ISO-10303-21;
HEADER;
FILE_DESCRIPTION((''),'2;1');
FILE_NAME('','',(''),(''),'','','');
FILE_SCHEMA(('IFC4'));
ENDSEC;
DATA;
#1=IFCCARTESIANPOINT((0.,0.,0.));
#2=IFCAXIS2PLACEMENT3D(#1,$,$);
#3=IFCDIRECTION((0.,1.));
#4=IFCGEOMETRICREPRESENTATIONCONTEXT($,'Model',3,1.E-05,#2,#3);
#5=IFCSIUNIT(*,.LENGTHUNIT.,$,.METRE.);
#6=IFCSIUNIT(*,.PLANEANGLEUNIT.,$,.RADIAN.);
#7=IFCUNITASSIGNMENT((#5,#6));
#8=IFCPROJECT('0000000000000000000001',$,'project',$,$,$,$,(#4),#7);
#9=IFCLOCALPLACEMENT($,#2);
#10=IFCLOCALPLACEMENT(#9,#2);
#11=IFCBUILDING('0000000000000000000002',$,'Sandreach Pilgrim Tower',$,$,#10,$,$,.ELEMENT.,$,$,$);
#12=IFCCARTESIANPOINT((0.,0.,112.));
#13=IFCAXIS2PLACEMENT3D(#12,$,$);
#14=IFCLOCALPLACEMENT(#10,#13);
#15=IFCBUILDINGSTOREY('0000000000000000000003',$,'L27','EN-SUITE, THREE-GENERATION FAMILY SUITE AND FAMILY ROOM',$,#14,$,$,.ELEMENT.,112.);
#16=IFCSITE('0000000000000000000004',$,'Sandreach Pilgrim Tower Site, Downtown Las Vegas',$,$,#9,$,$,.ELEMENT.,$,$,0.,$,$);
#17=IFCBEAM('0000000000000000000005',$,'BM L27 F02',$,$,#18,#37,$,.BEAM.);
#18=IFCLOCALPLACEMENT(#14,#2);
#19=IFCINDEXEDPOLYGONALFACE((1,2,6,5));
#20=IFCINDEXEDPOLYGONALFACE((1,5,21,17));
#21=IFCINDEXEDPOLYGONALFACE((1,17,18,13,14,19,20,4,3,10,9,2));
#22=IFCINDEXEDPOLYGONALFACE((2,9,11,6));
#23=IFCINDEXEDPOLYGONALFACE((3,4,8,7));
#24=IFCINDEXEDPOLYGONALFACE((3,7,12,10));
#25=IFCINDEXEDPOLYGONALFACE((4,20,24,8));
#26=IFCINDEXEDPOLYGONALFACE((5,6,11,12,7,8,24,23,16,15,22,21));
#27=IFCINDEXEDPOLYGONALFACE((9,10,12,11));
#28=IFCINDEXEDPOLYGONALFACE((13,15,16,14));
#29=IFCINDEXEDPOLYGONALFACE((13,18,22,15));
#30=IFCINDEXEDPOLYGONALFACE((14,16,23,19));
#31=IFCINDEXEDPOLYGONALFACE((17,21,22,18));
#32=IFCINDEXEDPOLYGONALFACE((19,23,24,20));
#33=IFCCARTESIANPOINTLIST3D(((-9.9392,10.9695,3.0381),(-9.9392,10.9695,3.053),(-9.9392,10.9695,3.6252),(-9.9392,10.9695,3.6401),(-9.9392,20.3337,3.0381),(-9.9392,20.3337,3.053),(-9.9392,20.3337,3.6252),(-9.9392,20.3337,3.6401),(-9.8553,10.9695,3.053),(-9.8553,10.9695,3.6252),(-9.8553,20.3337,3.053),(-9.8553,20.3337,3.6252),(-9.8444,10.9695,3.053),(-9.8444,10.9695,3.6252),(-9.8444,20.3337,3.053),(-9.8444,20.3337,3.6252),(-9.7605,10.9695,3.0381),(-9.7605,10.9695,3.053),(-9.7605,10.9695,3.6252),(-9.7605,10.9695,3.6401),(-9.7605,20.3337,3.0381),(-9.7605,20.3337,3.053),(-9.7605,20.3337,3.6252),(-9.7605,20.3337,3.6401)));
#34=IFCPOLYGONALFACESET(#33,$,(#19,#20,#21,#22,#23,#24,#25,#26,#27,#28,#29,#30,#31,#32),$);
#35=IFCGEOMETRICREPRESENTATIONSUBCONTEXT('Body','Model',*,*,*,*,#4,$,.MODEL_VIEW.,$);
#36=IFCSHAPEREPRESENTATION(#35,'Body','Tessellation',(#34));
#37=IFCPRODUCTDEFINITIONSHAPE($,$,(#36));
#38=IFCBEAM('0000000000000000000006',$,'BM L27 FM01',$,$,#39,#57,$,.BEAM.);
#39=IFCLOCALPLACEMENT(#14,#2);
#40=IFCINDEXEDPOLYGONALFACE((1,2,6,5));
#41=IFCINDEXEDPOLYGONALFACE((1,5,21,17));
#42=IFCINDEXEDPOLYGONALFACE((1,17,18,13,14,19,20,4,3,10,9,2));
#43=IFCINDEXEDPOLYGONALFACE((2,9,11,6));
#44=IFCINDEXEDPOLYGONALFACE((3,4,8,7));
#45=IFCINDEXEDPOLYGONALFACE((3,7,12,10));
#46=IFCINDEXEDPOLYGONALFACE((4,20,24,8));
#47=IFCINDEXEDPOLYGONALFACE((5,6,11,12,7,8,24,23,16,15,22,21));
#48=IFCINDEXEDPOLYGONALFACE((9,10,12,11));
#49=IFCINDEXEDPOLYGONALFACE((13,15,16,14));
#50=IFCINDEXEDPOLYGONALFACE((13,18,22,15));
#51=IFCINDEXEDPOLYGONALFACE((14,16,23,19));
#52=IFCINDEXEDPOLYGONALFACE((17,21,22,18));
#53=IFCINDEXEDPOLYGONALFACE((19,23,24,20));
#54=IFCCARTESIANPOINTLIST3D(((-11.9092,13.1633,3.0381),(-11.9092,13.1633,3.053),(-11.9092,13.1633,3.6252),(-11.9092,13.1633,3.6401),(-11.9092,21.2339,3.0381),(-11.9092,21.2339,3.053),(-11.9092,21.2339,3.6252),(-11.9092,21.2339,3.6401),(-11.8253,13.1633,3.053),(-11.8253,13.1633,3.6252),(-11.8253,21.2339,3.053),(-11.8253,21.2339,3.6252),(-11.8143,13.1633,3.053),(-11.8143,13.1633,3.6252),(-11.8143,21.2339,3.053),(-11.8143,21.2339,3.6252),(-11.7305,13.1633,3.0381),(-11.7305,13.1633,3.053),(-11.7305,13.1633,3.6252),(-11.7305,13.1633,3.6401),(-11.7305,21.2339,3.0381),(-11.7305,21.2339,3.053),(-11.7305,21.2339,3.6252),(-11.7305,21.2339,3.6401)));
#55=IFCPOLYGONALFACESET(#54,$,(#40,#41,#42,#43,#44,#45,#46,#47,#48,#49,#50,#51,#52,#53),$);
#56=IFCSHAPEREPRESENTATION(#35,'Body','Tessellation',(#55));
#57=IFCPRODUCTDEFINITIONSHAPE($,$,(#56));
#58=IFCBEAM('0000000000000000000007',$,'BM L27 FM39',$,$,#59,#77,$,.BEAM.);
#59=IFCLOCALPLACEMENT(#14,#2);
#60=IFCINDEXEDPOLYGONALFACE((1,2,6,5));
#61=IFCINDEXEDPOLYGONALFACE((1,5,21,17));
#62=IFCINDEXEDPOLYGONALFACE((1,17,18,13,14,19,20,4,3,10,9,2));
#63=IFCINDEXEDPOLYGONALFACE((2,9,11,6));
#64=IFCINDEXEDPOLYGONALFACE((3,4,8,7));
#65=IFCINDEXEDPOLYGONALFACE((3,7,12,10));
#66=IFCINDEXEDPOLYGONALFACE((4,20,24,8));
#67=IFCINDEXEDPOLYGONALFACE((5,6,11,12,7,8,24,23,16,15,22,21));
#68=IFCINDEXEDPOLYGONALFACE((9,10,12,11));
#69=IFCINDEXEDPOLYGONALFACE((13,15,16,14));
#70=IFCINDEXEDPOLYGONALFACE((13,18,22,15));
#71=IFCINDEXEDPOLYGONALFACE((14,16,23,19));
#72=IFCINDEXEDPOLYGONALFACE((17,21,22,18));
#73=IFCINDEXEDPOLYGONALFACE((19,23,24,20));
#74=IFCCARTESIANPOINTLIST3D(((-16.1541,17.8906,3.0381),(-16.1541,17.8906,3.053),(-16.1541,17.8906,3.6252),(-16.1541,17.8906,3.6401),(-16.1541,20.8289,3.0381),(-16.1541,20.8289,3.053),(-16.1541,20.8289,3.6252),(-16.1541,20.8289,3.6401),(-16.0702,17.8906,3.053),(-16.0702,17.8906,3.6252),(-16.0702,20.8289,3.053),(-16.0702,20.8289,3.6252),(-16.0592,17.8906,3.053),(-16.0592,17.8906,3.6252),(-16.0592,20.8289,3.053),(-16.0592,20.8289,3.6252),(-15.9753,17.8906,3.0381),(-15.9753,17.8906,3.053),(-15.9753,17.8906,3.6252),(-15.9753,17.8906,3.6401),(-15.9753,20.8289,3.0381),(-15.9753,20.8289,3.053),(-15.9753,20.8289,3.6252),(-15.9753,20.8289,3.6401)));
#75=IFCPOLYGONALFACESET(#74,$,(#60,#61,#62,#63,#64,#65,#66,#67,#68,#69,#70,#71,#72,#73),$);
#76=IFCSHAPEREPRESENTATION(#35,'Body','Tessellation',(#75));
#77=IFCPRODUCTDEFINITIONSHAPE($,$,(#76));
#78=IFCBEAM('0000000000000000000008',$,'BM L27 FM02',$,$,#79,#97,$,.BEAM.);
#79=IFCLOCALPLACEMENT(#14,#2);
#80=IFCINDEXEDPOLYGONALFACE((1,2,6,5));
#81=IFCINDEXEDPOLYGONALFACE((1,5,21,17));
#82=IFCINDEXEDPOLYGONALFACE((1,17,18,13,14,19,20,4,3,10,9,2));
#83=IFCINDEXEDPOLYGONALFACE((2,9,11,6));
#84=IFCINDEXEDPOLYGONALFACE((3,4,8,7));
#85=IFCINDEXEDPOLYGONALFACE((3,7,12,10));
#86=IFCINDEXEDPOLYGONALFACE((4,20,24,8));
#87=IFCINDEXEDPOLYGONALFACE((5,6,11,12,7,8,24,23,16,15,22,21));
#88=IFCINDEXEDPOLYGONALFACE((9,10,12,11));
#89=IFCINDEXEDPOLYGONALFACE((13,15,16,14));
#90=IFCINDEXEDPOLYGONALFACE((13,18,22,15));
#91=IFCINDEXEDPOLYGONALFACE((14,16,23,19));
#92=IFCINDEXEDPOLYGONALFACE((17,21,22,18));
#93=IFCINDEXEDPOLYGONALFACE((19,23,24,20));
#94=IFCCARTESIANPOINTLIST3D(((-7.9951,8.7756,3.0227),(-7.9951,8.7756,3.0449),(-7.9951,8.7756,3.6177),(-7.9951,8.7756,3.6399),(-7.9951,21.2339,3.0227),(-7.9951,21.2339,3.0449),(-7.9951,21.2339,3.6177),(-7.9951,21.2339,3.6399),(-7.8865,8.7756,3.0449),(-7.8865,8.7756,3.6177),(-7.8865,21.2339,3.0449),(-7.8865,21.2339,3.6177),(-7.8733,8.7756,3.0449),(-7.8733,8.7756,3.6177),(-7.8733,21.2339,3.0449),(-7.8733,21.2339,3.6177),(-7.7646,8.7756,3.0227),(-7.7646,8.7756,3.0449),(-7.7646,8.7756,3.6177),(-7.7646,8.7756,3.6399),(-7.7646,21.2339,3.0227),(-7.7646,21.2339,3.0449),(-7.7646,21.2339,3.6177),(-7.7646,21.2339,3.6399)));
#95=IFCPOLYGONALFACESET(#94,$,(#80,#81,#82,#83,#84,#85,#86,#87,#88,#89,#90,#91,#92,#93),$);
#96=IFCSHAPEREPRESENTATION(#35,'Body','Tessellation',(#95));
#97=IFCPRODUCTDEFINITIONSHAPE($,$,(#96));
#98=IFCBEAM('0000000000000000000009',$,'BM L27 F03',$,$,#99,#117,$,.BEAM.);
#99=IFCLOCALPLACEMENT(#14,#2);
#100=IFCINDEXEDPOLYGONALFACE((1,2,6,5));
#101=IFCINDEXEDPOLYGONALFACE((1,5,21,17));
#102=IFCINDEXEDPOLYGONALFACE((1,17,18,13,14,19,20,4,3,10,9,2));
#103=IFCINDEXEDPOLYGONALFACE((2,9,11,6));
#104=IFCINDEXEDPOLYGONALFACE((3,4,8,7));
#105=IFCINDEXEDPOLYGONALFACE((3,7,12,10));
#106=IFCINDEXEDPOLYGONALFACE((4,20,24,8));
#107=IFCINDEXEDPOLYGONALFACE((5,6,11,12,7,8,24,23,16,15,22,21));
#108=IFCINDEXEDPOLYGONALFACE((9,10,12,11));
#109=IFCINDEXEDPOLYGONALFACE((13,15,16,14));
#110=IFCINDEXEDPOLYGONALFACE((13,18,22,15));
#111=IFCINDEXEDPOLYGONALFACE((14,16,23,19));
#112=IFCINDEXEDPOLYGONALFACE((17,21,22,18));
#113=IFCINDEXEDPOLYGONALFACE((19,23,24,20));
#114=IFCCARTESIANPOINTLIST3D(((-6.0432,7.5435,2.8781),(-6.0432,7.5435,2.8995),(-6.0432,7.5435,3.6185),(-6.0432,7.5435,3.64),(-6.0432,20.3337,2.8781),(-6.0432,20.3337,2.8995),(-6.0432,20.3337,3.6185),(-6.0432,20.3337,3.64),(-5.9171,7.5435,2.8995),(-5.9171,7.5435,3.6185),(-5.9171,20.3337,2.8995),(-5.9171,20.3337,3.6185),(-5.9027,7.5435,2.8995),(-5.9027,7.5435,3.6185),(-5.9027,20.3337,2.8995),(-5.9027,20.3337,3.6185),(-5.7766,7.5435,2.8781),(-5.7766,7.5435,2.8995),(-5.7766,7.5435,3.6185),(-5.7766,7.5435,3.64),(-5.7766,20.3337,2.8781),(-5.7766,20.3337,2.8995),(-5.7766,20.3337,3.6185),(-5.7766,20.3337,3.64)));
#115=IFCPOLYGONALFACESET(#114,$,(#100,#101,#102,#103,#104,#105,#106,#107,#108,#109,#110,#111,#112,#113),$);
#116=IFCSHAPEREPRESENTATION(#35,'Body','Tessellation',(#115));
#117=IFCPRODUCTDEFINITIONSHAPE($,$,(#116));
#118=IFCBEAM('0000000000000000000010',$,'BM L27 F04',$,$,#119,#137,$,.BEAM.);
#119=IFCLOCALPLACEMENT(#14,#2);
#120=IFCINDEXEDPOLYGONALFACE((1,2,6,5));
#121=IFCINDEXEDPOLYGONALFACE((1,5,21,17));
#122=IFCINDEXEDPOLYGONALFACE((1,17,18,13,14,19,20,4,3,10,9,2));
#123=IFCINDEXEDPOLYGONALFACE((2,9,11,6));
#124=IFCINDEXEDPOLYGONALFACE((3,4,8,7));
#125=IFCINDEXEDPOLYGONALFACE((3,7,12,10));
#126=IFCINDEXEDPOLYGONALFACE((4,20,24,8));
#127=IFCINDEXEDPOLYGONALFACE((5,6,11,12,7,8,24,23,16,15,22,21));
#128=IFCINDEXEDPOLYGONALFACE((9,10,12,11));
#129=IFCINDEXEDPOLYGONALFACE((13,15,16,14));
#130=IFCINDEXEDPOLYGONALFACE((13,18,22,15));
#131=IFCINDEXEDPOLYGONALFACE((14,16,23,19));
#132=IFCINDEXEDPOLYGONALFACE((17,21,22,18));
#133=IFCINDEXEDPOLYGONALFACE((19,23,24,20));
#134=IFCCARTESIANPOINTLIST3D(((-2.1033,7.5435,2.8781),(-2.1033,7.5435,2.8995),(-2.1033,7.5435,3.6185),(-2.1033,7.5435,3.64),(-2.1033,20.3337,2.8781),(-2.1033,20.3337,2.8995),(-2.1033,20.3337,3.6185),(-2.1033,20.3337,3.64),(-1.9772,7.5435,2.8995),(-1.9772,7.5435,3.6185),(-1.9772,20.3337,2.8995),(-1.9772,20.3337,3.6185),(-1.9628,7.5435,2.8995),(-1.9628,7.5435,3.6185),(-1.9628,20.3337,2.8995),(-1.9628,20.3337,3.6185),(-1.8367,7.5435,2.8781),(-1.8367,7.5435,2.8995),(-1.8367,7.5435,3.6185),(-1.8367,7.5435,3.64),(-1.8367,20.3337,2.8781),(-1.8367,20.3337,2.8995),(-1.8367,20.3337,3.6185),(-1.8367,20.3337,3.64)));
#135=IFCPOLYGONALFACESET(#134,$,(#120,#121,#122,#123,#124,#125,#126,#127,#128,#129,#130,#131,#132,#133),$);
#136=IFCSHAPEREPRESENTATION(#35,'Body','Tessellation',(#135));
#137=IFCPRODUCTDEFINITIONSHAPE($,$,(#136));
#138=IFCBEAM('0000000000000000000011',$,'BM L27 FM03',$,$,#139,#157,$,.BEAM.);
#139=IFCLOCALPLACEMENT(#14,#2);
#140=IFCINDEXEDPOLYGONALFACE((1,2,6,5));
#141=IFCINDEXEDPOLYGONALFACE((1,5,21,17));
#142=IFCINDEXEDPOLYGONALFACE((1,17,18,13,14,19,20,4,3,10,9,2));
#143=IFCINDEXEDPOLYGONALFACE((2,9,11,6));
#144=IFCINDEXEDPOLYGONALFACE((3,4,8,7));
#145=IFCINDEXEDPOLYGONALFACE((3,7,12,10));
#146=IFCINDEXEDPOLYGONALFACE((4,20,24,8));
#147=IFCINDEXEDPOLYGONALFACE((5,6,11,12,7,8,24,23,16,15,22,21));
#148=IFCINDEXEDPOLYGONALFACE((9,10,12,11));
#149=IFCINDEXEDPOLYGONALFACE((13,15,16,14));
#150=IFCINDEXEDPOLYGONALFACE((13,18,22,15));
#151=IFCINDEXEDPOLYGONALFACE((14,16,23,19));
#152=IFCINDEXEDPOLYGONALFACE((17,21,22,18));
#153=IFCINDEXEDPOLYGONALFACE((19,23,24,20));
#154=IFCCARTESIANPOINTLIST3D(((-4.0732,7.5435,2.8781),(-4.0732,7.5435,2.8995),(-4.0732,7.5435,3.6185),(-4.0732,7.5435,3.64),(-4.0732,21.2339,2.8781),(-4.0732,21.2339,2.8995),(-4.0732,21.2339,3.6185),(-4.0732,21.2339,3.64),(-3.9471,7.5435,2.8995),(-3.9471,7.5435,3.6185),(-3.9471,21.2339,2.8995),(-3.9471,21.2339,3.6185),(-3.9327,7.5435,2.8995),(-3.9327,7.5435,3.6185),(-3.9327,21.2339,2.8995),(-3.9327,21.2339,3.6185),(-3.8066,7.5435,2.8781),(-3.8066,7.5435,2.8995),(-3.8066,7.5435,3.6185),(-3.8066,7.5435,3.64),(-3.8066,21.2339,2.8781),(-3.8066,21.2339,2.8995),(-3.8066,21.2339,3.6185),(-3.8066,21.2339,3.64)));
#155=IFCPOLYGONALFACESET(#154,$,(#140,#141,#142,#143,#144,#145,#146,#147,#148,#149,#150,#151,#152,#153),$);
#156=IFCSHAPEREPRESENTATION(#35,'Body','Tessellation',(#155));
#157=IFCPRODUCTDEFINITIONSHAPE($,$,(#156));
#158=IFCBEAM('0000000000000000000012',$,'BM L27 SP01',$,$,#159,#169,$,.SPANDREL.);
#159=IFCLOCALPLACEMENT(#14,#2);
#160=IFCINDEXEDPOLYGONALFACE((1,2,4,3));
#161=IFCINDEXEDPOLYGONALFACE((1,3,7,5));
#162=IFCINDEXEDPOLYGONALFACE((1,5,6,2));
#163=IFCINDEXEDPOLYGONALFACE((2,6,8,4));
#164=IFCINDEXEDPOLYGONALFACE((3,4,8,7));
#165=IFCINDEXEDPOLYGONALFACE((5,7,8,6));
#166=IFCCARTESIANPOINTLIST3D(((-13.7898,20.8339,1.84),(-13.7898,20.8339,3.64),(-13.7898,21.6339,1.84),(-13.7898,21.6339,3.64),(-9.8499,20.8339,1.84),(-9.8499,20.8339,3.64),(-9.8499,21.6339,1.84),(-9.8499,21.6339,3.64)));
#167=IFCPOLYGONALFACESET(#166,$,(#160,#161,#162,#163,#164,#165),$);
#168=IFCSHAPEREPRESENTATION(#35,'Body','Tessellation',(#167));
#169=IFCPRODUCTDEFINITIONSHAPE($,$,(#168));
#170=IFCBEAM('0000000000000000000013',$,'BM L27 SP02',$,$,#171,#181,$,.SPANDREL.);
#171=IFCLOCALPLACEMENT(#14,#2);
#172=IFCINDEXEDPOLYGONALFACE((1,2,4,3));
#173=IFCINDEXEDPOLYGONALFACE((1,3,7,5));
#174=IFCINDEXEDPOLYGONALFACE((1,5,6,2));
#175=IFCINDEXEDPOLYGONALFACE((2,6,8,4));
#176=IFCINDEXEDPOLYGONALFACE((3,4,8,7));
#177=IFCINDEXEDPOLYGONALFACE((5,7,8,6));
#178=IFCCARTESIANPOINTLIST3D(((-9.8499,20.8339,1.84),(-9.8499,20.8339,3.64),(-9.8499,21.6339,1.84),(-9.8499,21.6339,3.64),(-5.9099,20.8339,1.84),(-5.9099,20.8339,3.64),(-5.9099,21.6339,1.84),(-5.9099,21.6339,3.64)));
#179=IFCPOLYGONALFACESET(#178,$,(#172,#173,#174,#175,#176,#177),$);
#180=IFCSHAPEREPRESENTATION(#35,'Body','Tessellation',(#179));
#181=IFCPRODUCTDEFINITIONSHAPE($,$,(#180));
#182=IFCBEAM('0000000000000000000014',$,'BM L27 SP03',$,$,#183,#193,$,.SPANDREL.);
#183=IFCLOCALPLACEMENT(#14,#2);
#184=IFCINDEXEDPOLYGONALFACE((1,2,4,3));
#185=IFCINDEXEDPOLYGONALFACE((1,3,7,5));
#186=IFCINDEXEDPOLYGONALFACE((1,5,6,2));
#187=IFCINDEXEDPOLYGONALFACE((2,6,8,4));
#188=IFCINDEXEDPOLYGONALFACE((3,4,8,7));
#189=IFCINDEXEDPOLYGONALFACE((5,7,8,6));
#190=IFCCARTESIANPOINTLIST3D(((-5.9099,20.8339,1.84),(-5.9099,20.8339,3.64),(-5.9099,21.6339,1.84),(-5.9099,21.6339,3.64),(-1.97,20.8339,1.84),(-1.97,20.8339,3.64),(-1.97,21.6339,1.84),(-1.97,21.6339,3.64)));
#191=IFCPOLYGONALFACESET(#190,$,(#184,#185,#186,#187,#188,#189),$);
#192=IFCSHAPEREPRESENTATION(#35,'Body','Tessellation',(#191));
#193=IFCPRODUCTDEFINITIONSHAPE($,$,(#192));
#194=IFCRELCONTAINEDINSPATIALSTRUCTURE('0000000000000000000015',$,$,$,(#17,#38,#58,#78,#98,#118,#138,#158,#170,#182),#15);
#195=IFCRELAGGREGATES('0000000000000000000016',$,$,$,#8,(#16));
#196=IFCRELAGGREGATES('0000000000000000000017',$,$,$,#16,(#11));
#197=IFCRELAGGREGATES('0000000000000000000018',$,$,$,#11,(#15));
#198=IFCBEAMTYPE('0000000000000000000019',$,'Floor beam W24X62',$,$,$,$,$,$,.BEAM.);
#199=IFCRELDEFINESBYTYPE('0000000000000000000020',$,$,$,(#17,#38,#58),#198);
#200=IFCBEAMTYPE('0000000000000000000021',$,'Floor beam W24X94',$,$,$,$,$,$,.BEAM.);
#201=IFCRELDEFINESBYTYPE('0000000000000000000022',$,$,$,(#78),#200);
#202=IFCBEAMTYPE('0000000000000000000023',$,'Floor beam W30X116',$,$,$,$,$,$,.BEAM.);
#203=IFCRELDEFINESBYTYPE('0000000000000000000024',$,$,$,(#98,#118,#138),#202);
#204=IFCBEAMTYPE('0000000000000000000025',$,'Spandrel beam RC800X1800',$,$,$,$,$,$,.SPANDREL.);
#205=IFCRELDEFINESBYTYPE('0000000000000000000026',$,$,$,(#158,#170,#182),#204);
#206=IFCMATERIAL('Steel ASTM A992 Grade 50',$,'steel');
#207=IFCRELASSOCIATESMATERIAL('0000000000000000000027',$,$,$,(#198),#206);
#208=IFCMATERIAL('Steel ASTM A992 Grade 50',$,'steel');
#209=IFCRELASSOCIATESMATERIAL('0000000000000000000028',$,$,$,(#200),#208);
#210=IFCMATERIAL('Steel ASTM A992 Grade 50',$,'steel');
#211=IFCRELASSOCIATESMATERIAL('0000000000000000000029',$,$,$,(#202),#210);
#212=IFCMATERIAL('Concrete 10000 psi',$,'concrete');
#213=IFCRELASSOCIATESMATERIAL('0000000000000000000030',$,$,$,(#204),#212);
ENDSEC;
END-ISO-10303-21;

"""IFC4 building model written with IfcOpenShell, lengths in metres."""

from ifc_helpers import new_model, si_unit, direction, frame, origin, origin_2d, place, context, subcontext, project, spatial, rectangle, i_section, extrude, material, material_profile, profile_set, type_object, element, save


model = new_model("IFC4")

# Units and contexts
model_context = context("Model", 3, precision=1e-05, world=origin(), true_north=direction((0.0, 1.0)))
body_context = subcontext(model_context, "Body", "Model", "MODEL_VIEW")
ifc_project = project(units=[si_unit("LENGTHUNIT", "METRE"), si_unit("PLANEANGLEUNIT", "RADIAN")], contexts=[model_context])

# Site, building, storey
site_placement = place(None, origin())
site = spatial("IfcSite", under=ifc_project, at=site_placement, Name="Sandreach Pilgrim Tower Site, Downtown Las Vegas", CompositionType="ELEMENT", RefElevation=0.0)
building_placement = place(site_placement, origin())
building = spatial("IfcBuilding", under=site, at=building_placement, Name="Sandreach Pilgrim Tower", CompositionType="ELEMENT")
storey_placement = place(building_placement, frame((0.0, 0.0, 112.0)))
storey = spatial("IfcBuildingStorey", under=building, at=storey_placement, Name="L27", Description="EN-SUITE, THREE-GENERATION FAMILY SUITE AND FAMILY ROOM", CompositionType="ELEMENT", Elevation=112.0)

# Beams
ifc_material_1 = material(Name="Steel ASTM A992 Grade 50", Category="steel")
ifc_material_profile_1 = material_profile(ifc_material_1, i_section(OverallWidth=0.1787, OverallDepth=0.6021, WebThickness=0.011, FlangeThickness=0.0149, at=origin_2d()), Name="W24X62")
ifc_profile_set_1 = profile_set([ifc_material_profile_1], Name="Steel ASTM A992 Grade 50")
beam_type_1 = type_object("IfcBeamType", Name="Floor beam W24X62", PredefinedType="BEAM", material=ifc_profile_set_1)
beam_1_placement = place(storey_placement, frame((-9.8499, 20.3337, 3.3391), z_axis=(0.0, -1.0, 0.0), x_axis=(1.0, 0.0, 0.0)))
element("IfcBeam", 1, at=beam_1_placement, inside=storey, type_object=beam_type_1, Name="BM L27 F02", PredefinedType="BEAM", context=body_context, shape_type="SweptSolid", body=[
    extrude(i_section(OverallWidth=0.1787, OverallDepth=0.6021, WebThickness=0.011, FlangeThickness=0.0149, at=origin_2d()), origin(), (0.0, 0.0, 1.0), 9.3643),
])
beam_2_placement = place(storey_placement, frame((-11.8198, 21.2339, 3.3391), z_axis=(0.0, -1.0, 0.0), x_axis=(1.0, 0.0, 0.0)))
element("IfcBeam", 2, at=beam_2_placement, inside=storey, type_object=beam_type_1, Name="BM L27 FM01", PredefinedType="BEAM", context=body_context, shape_type="SweptSolid", body=[
    extrude(i_section(OverallWidth=0.1787, OverallDepth=0.6021, WebThickness=0.011, FlangeThickness=0.0149, at=origin_2d()), origin(), (0.0, 0.0, 1.0), 8.0706),
])
beam_3_placement = place(storey_placement, frame((-16.0647, 20.8289, 3.3391), z_axis=(0.0, -1.0, 0.0), x_axis=(1.0, 0.0, 0.0)))
element("IfcBeam", 3, at=beam_3_placement, inside=storey, type_object=beam_type_1, Name="BM L27 FM39", PredefinedType="BEAM", context=body_context, shape_type="SweptSolid", body=[
    extrude(i_section(OverallWidth=0.1787, OverallDepth=0.6021, WebThickness=0.011, FlangeThickness=0.0149, at=origin_2d()), origin(), (0.0, 0.0, 1.0), 2.9382),
])
ifc_material_2 = material(Name="Steel ASTM A992 Grade 50", Category="steel")
ifc_material_profile_2 = material_profile(ifc_material_2, i_section(OverallWidth=0.2305, OverallDepth=0.6172, WebThickness=0.0132, FlangeThickness=0.0222, at=origin_2d()), Name="W24X94")
ifc_profile_set_2 = profile_set([ifc_material_profile_2], Name="Steel ASTM A992 Grade 50")
beam_type_2 = type_object("IfcBeamType", Name="Floor beam W24X94", PredefinedType="BEAM", material=ifc_profile_set_2)
beam_4_placement = place(storey_placement, frame((-7.8799, 21.2339, 3.3313), z_axis=(0.0, -1.0, 0.0), x_axis=(1.0, 0.0, 0.0)))
element("IfcBeam", 4, at=beam_4_placement, inside=storey, type_object=beam_type_2, Name="BM L27 FM02", PredefinedType="BEAM", context=body_context, shape_type="SweptSolid", body=[
    extrude(i_section(OverallWidth=0.2305, OverallDepth=0.6172, WebThickness=0.0132, FlangeThickness=0.0222, at=origin_2d()), origin(), (0.0, 0.0, 1.0), 12.4583),
])
ifc_material_3 = material(Name="Steel ASTM A992 Grade 50", Category="steel")
ifc_material_profile_3 = material_profile(ifc_material_3, i_section(OverallWidth=0.2666, OverallDepth=0.762, WebThickness=0.0144, FlangeThickness=0.0215, at=origin_2d()), Name="W30X116")
ifc_profile_set_3 = profile_set([ifc_material_profile_3], Name="Steel ASTM A992 Grade 50")
beam_type_3 = type_object("IfcBeamType", Name="Floor beam W30X116", PredefinedType="BEAM", material=ifc_profile_set_3)
for number, where, z_axis, x_axis, name in (
    (5, (-5.9099, 20.3337, 3.259), (0.0, -1.0, 0.0), (1.0, 0.0, 0.0), "BM L27 F03"),
    (6, (-1.97, 20.3337, 3.259), (0.0, -1.0, 0.0), (1.0, 0.0, 0.0), "BM L27 F04"),
):
    element("IfcBeam", number, at=place(storey_placement, frame(where, z_axis=z_axis, x_axis=x_axis)), inside=storey, type_object=beam_type_3, Name=name, PredefinedType="BEAM", context=body_context, shape_type="SweptSolid", body=[
        extrude(i_section(OverallWidth=0.2666, OverallDepth=0.762, WebThickness=0.0144, FlangeThickness=0.0215, at=origin_2d()), origin(), (0.0, 0.0, 1.0), 12.7903),
    ])
beam_5_placement = place(storey_placement, frame((-3.9399, 21.2339, 3.259), z_axis=(0.0, -1.0, 0.0), x_axis=(1.0, 0.0, 0.0)))
element("IfcBeam", 7, at=beam_5_placement, inside=storey, type_object=beam_type_3, Name="BM L27 FM03", PredefinedType="BEAM", context=body_context, shape_type="SweptSolid", body=[
    extrude(i_section(OverallWidth=0.2666, OverallDepth=0.762, WebThickness=0.0144, FlangeThickness=0.0215, at=origin_2d()), origin(), (0.0, 0.0, 1.0), 13.6904),
])
ifc_material_4 = material(Name="Concrete 10000 psi", Category="concrete")
ifc_material_profile_4 = material_profile(ifc_material_4, rectangle(XDim=0.8, YDim=1.8, at=origin_2d()), Name="RC800X1800")
ifc_profile_set_4 = profile_set([ifc_material_profile_4], Name="Concrete 10000 psi")
beam_type_4 = type_object("IfcBeamType", Name="Spandrel beam RC800X1800", PredefinedType="SPANDREL", material=ifc_profile_set_4)
for number, where, z_axis, x_axis, name in (
    (8, (-13.7898, 21.2339, 2.74), (1.0, 0.0, 0.0), (0.0, 1.0, 0.0), "BM L27 SP01"),
    (9, (-9.8499, 21.2339, 2.74), (1.0, 0.0, 0.0), (0.0, 1.0, 0.0), "BM L27 SP02"),
    (10, (-5.9099, 21.2339, 2.74), (1.0, 0.0, 0.0), (0.0, 1.0, 0.0), "BM L27 SP03"),
):
    element("IfcBeam", number, at=place(storey_placement, frame(where, z_axis=z_axis, x_axis=x_axis)), inside=storey, type_object=beam_type_4, Name=name, PredefinedType="SPANDREL", context=body_context, shape_type="SweptSolid", body=[
        extrude(rectangle(XDim=0.8, YDim=1.8, at=origin_2d()), origin(), (0.0, 0.0, 1.0), 3.9399),
    ])

save(model, "model.ifc")
